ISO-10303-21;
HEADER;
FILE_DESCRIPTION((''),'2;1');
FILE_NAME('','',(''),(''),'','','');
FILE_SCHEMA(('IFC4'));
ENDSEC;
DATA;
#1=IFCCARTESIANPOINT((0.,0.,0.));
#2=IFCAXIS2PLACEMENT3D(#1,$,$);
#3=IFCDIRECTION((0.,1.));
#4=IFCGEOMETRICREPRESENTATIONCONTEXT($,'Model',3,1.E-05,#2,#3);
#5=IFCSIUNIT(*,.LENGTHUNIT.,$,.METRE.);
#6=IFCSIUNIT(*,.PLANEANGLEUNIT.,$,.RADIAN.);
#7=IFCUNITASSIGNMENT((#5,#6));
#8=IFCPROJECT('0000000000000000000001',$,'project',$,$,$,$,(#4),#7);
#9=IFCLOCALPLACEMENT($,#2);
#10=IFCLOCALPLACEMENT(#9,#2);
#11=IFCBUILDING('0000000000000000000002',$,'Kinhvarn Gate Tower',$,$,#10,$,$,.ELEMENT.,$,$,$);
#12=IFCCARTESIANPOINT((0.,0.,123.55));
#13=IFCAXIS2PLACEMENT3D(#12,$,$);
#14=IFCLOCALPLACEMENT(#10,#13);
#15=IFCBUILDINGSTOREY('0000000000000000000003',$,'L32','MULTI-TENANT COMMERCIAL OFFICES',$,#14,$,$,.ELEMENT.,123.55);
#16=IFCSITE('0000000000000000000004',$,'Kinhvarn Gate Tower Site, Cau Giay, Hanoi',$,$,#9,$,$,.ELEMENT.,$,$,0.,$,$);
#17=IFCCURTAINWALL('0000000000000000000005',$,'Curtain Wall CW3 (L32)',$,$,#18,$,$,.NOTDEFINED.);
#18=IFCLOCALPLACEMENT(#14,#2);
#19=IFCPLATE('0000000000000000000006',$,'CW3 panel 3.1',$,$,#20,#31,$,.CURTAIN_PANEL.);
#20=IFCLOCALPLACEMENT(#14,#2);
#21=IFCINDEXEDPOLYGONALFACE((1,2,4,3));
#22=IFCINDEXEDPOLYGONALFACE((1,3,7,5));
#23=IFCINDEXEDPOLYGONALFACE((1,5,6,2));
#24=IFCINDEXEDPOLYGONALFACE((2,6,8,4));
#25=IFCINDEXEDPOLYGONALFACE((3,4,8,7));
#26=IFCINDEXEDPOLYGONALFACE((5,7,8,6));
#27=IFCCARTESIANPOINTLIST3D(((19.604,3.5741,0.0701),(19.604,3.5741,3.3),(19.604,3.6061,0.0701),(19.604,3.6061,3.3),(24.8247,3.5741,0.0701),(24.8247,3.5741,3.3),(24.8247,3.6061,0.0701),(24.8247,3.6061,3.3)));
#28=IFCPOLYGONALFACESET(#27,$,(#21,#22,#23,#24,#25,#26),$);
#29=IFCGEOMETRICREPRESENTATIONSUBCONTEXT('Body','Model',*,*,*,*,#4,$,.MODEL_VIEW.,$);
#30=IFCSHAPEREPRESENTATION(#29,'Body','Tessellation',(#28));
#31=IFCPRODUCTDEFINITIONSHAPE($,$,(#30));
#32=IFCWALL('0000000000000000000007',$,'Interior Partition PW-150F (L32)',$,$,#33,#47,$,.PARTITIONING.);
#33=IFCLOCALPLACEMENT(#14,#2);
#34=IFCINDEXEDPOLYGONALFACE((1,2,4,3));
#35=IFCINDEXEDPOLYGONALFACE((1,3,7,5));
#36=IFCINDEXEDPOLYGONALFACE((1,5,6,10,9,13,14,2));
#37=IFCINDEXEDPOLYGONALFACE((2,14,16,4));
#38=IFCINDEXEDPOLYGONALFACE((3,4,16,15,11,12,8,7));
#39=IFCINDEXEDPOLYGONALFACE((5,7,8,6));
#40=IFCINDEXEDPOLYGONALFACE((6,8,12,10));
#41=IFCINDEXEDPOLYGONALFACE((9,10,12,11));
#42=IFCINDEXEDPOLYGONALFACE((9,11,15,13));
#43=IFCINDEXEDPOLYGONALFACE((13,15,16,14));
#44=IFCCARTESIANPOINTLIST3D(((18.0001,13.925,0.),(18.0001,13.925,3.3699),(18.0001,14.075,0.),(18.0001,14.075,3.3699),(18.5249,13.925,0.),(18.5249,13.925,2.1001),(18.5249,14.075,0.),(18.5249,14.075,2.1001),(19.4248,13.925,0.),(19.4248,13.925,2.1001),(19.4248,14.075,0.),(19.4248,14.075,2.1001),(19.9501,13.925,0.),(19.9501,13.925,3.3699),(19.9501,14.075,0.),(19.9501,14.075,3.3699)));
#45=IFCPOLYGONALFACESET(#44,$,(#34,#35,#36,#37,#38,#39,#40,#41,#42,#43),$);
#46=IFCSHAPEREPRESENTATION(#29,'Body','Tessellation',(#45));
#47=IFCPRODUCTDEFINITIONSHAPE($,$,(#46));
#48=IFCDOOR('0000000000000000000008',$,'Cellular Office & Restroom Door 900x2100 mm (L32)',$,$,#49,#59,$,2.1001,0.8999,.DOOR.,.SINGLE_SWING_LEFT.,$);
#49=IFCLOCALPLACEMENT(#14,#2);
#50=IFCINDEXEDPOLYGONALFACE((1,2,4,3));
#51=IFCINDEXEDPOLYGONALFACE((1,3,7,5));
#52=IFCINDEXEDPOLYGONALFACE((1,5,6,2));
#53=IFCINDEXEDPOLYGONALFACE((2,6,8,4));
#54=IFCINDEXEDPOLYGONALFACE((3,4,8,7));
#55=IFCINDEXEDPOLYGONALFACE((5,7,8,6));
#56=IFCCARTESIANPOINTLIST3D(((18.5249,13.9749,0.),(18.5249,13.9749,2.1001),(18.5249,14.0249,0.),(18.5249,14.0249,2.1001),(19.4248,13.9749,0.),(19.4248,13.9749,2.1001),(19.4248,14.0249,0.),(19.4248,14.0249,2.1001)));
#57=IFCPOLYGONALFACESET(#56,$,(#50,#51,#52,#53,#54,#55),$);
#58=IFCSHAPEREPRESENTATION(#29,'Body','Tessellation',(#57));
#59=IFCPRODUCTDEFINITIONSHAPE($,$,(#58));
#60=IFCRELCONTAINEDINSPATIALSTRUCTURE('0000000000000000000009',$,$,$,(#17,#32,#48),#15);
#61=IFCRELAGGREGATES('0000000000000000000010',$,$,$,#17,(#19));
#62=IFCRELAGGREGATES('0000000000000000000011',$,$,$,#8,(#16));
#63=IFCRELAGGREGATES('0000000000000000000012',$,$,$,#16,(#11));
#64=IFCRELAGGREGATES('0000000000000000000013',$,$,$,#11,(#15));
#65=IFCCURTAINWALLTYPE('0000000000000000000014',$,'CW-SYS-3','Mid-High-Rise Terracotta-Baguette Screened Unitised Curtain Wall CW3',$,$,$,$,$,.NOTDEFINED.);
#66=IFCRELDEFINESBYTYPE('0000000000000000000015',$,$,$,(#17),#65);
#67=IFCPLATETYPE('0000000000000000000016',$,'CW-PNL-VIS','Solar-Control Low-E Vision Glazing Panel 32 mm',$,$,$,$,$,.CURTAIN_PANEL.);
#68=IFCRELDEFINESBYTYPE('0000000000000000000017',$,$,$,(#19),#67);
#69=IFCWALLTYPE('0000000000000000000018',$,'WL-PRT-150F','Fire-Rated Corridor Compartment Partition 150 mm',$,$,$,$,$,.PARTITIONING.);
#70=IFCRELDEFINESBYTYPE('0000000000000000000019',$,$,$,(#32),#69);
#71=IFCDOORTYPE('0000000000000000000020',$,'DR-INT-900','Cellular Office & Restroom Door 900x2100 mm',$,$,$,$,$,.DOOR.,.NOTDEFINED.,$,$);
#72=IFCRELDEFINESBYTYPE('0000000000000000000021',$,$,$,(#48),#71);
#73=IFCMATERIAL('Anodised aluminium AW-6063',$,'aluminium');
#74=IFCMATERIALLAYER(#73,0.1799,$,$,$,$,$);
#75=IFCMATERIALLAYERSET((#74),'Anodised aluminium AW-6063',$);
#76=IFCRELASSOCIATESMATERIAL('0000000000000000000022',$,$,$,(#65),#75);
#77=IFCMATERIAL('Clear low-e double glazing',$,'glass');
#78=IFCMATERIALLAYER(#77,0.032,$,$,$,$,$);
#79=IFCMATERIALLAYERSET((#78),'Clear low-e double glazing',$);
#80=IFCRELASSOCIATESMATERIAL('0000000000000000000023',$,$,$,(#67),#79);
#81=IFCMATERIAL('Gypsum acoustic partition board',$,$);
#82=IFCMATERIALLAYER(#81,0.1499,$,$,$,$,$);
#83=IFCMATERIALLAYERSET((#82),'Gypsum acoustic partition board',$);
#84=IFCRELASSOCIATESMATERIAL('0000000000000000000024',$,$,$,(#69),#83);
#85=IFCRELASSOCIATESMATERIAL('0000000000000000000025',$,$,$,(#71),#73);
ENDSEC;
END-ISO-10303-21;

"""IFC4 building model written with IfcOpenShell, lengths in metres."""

from ifc_helpers import new_model, si_unit, direction, frame, frame_2d, origin, origin_2d, place, context, subcontext, project, spatial, rectangle, extrude, material, layer, layer_set, type_object, element, fill, aggregate, save


model = new_model("IFC4")

# Units and contexts
model_context = context("Model", 3, precision=1e-05, world=origin(), true_north=direction((0.0, 1.0)))
body_context = subcontext(model_context, "Body", "Model", "MODEL_VIEW")
ifc_project = project(units=[si_unit("LENGTHUNIT", "METRE"), si_unit("PLANEANGLEUNIT", "RADIAN")], contexts=[model_context])

# Site, building, storey
site_placement = place(None, origin())
site = spatial("IfcSite", under=ifc_project, at=site_placement, Name="Kinhvarn Gate Tower Site, Cau Giay, Hanoi", CompositionType="ELEMENT", RefElevation=0.0)
building_placement = place(site_placement, origin())
building = spatial("IfcBuilding", under=site, at=building_placement, Name="Kinhvarn Gate Tower", CompositionType="ELEMENT")
storey_placement = place(building_placement, frame((0.0, 0.0, 123.55)))
storey = spatial("IfcBuildingStorey", under=building, at=storey_placement, Name="L32", Description="MULTI-TENANT COMMERCIAL OFFICES", CompositionType="ELEMENT", Elevation=123.55)

# Curtain wall
ifc_material_1 = material(Name="Anodised aluminium AW-6063", Category="aluminium")
ifc_layer_1 = layer(ifc_material_1, 0.1799)
ifc_layer_set_1 = layer_set([ifc_layer_1], Name="Anodised aluminium AW-6063")
curtain_wall_type = type_object("IfcCurtainWallType", Name="CW-SYS-3", Description="Mid-High-Rise Terracotta-Baguette Screened Unitised Curtain Wall CW3", PredefinedType="NOTDEFINED", material=ifc_layer_set_1)
curtain_wall_placement = place(storey_placement, origin())
curtain_wall = element("IfcCurtainWall", 1, at=curtain_wall_placement, inside=storey, type_object=curtain_wall_type, Name="Curtain Wall CW3 (L32)", PredefinedType="NOTDEFINED")

# Plate
ifc_material_2 = material(Name="Clear low-e double glazing", Category="glass")
ifc_layer_2 = layer(ifc_material_2, 0.032)
ifc_layer_set_2 = layer_set([ifc_layer_2], Name="Clear low-e double glazing")
plate_type = type_object("IfcPlateType", Name="CW-PNL-VIS", Description="Solar-Control Low-E Vision Glazing Panel 32 mm", PredefinedType="CURTAIN_PANEL", material=ifc_layer_set_2)
plate_1_placement = place(storey_placement, frame((22.2144, 3.5901, 0.0701), z_axis=(0.0, 0.0, 1.0), x_axis=(1.0, 0.0, 0.0)))
plate_1 = element("IfcPlate", 2, at=plate_1_placement, type_object=plate_type, Name="CW3 panel 3.1", PredefinedType="CURTAIN_PANEL", context=body_context, shape_type="SweptSolid", body=[
    extrude(rectangle(XDim=5.2207, YDim=0.032, at=origin_2d()), origin(), (0.0, 0.0, 1.0), 3.23),
])
aggregate(curtain_wall, [plate_1])

# Wall, opening, door
ifc_material_3 = material(Name="Gypsum acoustic partition board")
ifc_layer_3 = layer(ifc_material_3, 0.1499)
ifc_layer_set_3 = layer_set([ifc_layer_3], Name="Gypsum acoustic partition board")
wall_type = type_object("IfcWallType", Name="WL-PRT-150F", Description="Fire-Rated Corridor Compartment Partition 150 mm", PredefinedType="PARTITIONING", material=ifc_layer_set_3)
wall_placement = place(storey_placement, frame((18.0, 14.0, 0.0), z_axis=(0.0, 0.0, 1.0), x_axis=(1.0, 0.0, 0.0)))
wall = element("IfcWall", 3, at=wall_placement, inside=storey, type_object=wall_type, Name="Interior Partition PW-150F (L32)", PredefinedType="PARTITIONING", context=body_context, shape_type="SweptSolid", body=[
    extrude(rectangle(XDim=1.95, YDim=0.1499, at=frame_2d((0.9751, 0.0))), origin(), (0.0, 0.0, 1.0), 3.3699),
])
opening_placement = place(wall_placement, frame((0.5249, 0.0, 0.0)))
opening = element("IfcOpeningElement", 4, at=opening_placement, cuts=wall, PredefinedType="OPENING", context=body_context, shape_type="SweptSolid", body=[
    extrude(rectangle(XDim=0.8999, YDim=2.1001, at=frame_2d((0.45, 1.05))), frame((0.0, 0.085, 0.0), z_axis=(0.0, -1.0, 0.0), x_axis=(1.0, 0.0, 0.0)), (0.0, 0.0, 1.0), 0.1699),
])
door_type = type_object("IfcDoorType", Name="DR-INT-900", Description="Cellular Office & Restroom Door 900x2100 mm", OperationType="NOTDEFINED", PredefinedType="DOOR", material=ifc_material_1)
door_placement = place(opening_placement, origin())
door = element("IfcDoor", 5, at=door_placement, inside=storey, type_object=door_type, Name="Cellular Office & Restroom Door 900x2100 mm (L32)", OperationType="SINGLE_SWING_LEFT", OverallHeight=2.1001, OverallWidth=0.8999, PredefinedType="DOOR", context=body_context, shape_type="SweptSolid", body=[
    extrude(rectangle(XDim=0.8999, YDim=2.1001, at=frame_2d((0.45, 1.05))), frame((0.0, 0.0249, 0.0), z_axis=(0.0, -1.0, 0.0), x_axis=(1.0, 0.0, 0.0)), (0.0, 0.0, 1.0), 0.05),
])
fill(opening, door)

save(model, "model.ifc")
